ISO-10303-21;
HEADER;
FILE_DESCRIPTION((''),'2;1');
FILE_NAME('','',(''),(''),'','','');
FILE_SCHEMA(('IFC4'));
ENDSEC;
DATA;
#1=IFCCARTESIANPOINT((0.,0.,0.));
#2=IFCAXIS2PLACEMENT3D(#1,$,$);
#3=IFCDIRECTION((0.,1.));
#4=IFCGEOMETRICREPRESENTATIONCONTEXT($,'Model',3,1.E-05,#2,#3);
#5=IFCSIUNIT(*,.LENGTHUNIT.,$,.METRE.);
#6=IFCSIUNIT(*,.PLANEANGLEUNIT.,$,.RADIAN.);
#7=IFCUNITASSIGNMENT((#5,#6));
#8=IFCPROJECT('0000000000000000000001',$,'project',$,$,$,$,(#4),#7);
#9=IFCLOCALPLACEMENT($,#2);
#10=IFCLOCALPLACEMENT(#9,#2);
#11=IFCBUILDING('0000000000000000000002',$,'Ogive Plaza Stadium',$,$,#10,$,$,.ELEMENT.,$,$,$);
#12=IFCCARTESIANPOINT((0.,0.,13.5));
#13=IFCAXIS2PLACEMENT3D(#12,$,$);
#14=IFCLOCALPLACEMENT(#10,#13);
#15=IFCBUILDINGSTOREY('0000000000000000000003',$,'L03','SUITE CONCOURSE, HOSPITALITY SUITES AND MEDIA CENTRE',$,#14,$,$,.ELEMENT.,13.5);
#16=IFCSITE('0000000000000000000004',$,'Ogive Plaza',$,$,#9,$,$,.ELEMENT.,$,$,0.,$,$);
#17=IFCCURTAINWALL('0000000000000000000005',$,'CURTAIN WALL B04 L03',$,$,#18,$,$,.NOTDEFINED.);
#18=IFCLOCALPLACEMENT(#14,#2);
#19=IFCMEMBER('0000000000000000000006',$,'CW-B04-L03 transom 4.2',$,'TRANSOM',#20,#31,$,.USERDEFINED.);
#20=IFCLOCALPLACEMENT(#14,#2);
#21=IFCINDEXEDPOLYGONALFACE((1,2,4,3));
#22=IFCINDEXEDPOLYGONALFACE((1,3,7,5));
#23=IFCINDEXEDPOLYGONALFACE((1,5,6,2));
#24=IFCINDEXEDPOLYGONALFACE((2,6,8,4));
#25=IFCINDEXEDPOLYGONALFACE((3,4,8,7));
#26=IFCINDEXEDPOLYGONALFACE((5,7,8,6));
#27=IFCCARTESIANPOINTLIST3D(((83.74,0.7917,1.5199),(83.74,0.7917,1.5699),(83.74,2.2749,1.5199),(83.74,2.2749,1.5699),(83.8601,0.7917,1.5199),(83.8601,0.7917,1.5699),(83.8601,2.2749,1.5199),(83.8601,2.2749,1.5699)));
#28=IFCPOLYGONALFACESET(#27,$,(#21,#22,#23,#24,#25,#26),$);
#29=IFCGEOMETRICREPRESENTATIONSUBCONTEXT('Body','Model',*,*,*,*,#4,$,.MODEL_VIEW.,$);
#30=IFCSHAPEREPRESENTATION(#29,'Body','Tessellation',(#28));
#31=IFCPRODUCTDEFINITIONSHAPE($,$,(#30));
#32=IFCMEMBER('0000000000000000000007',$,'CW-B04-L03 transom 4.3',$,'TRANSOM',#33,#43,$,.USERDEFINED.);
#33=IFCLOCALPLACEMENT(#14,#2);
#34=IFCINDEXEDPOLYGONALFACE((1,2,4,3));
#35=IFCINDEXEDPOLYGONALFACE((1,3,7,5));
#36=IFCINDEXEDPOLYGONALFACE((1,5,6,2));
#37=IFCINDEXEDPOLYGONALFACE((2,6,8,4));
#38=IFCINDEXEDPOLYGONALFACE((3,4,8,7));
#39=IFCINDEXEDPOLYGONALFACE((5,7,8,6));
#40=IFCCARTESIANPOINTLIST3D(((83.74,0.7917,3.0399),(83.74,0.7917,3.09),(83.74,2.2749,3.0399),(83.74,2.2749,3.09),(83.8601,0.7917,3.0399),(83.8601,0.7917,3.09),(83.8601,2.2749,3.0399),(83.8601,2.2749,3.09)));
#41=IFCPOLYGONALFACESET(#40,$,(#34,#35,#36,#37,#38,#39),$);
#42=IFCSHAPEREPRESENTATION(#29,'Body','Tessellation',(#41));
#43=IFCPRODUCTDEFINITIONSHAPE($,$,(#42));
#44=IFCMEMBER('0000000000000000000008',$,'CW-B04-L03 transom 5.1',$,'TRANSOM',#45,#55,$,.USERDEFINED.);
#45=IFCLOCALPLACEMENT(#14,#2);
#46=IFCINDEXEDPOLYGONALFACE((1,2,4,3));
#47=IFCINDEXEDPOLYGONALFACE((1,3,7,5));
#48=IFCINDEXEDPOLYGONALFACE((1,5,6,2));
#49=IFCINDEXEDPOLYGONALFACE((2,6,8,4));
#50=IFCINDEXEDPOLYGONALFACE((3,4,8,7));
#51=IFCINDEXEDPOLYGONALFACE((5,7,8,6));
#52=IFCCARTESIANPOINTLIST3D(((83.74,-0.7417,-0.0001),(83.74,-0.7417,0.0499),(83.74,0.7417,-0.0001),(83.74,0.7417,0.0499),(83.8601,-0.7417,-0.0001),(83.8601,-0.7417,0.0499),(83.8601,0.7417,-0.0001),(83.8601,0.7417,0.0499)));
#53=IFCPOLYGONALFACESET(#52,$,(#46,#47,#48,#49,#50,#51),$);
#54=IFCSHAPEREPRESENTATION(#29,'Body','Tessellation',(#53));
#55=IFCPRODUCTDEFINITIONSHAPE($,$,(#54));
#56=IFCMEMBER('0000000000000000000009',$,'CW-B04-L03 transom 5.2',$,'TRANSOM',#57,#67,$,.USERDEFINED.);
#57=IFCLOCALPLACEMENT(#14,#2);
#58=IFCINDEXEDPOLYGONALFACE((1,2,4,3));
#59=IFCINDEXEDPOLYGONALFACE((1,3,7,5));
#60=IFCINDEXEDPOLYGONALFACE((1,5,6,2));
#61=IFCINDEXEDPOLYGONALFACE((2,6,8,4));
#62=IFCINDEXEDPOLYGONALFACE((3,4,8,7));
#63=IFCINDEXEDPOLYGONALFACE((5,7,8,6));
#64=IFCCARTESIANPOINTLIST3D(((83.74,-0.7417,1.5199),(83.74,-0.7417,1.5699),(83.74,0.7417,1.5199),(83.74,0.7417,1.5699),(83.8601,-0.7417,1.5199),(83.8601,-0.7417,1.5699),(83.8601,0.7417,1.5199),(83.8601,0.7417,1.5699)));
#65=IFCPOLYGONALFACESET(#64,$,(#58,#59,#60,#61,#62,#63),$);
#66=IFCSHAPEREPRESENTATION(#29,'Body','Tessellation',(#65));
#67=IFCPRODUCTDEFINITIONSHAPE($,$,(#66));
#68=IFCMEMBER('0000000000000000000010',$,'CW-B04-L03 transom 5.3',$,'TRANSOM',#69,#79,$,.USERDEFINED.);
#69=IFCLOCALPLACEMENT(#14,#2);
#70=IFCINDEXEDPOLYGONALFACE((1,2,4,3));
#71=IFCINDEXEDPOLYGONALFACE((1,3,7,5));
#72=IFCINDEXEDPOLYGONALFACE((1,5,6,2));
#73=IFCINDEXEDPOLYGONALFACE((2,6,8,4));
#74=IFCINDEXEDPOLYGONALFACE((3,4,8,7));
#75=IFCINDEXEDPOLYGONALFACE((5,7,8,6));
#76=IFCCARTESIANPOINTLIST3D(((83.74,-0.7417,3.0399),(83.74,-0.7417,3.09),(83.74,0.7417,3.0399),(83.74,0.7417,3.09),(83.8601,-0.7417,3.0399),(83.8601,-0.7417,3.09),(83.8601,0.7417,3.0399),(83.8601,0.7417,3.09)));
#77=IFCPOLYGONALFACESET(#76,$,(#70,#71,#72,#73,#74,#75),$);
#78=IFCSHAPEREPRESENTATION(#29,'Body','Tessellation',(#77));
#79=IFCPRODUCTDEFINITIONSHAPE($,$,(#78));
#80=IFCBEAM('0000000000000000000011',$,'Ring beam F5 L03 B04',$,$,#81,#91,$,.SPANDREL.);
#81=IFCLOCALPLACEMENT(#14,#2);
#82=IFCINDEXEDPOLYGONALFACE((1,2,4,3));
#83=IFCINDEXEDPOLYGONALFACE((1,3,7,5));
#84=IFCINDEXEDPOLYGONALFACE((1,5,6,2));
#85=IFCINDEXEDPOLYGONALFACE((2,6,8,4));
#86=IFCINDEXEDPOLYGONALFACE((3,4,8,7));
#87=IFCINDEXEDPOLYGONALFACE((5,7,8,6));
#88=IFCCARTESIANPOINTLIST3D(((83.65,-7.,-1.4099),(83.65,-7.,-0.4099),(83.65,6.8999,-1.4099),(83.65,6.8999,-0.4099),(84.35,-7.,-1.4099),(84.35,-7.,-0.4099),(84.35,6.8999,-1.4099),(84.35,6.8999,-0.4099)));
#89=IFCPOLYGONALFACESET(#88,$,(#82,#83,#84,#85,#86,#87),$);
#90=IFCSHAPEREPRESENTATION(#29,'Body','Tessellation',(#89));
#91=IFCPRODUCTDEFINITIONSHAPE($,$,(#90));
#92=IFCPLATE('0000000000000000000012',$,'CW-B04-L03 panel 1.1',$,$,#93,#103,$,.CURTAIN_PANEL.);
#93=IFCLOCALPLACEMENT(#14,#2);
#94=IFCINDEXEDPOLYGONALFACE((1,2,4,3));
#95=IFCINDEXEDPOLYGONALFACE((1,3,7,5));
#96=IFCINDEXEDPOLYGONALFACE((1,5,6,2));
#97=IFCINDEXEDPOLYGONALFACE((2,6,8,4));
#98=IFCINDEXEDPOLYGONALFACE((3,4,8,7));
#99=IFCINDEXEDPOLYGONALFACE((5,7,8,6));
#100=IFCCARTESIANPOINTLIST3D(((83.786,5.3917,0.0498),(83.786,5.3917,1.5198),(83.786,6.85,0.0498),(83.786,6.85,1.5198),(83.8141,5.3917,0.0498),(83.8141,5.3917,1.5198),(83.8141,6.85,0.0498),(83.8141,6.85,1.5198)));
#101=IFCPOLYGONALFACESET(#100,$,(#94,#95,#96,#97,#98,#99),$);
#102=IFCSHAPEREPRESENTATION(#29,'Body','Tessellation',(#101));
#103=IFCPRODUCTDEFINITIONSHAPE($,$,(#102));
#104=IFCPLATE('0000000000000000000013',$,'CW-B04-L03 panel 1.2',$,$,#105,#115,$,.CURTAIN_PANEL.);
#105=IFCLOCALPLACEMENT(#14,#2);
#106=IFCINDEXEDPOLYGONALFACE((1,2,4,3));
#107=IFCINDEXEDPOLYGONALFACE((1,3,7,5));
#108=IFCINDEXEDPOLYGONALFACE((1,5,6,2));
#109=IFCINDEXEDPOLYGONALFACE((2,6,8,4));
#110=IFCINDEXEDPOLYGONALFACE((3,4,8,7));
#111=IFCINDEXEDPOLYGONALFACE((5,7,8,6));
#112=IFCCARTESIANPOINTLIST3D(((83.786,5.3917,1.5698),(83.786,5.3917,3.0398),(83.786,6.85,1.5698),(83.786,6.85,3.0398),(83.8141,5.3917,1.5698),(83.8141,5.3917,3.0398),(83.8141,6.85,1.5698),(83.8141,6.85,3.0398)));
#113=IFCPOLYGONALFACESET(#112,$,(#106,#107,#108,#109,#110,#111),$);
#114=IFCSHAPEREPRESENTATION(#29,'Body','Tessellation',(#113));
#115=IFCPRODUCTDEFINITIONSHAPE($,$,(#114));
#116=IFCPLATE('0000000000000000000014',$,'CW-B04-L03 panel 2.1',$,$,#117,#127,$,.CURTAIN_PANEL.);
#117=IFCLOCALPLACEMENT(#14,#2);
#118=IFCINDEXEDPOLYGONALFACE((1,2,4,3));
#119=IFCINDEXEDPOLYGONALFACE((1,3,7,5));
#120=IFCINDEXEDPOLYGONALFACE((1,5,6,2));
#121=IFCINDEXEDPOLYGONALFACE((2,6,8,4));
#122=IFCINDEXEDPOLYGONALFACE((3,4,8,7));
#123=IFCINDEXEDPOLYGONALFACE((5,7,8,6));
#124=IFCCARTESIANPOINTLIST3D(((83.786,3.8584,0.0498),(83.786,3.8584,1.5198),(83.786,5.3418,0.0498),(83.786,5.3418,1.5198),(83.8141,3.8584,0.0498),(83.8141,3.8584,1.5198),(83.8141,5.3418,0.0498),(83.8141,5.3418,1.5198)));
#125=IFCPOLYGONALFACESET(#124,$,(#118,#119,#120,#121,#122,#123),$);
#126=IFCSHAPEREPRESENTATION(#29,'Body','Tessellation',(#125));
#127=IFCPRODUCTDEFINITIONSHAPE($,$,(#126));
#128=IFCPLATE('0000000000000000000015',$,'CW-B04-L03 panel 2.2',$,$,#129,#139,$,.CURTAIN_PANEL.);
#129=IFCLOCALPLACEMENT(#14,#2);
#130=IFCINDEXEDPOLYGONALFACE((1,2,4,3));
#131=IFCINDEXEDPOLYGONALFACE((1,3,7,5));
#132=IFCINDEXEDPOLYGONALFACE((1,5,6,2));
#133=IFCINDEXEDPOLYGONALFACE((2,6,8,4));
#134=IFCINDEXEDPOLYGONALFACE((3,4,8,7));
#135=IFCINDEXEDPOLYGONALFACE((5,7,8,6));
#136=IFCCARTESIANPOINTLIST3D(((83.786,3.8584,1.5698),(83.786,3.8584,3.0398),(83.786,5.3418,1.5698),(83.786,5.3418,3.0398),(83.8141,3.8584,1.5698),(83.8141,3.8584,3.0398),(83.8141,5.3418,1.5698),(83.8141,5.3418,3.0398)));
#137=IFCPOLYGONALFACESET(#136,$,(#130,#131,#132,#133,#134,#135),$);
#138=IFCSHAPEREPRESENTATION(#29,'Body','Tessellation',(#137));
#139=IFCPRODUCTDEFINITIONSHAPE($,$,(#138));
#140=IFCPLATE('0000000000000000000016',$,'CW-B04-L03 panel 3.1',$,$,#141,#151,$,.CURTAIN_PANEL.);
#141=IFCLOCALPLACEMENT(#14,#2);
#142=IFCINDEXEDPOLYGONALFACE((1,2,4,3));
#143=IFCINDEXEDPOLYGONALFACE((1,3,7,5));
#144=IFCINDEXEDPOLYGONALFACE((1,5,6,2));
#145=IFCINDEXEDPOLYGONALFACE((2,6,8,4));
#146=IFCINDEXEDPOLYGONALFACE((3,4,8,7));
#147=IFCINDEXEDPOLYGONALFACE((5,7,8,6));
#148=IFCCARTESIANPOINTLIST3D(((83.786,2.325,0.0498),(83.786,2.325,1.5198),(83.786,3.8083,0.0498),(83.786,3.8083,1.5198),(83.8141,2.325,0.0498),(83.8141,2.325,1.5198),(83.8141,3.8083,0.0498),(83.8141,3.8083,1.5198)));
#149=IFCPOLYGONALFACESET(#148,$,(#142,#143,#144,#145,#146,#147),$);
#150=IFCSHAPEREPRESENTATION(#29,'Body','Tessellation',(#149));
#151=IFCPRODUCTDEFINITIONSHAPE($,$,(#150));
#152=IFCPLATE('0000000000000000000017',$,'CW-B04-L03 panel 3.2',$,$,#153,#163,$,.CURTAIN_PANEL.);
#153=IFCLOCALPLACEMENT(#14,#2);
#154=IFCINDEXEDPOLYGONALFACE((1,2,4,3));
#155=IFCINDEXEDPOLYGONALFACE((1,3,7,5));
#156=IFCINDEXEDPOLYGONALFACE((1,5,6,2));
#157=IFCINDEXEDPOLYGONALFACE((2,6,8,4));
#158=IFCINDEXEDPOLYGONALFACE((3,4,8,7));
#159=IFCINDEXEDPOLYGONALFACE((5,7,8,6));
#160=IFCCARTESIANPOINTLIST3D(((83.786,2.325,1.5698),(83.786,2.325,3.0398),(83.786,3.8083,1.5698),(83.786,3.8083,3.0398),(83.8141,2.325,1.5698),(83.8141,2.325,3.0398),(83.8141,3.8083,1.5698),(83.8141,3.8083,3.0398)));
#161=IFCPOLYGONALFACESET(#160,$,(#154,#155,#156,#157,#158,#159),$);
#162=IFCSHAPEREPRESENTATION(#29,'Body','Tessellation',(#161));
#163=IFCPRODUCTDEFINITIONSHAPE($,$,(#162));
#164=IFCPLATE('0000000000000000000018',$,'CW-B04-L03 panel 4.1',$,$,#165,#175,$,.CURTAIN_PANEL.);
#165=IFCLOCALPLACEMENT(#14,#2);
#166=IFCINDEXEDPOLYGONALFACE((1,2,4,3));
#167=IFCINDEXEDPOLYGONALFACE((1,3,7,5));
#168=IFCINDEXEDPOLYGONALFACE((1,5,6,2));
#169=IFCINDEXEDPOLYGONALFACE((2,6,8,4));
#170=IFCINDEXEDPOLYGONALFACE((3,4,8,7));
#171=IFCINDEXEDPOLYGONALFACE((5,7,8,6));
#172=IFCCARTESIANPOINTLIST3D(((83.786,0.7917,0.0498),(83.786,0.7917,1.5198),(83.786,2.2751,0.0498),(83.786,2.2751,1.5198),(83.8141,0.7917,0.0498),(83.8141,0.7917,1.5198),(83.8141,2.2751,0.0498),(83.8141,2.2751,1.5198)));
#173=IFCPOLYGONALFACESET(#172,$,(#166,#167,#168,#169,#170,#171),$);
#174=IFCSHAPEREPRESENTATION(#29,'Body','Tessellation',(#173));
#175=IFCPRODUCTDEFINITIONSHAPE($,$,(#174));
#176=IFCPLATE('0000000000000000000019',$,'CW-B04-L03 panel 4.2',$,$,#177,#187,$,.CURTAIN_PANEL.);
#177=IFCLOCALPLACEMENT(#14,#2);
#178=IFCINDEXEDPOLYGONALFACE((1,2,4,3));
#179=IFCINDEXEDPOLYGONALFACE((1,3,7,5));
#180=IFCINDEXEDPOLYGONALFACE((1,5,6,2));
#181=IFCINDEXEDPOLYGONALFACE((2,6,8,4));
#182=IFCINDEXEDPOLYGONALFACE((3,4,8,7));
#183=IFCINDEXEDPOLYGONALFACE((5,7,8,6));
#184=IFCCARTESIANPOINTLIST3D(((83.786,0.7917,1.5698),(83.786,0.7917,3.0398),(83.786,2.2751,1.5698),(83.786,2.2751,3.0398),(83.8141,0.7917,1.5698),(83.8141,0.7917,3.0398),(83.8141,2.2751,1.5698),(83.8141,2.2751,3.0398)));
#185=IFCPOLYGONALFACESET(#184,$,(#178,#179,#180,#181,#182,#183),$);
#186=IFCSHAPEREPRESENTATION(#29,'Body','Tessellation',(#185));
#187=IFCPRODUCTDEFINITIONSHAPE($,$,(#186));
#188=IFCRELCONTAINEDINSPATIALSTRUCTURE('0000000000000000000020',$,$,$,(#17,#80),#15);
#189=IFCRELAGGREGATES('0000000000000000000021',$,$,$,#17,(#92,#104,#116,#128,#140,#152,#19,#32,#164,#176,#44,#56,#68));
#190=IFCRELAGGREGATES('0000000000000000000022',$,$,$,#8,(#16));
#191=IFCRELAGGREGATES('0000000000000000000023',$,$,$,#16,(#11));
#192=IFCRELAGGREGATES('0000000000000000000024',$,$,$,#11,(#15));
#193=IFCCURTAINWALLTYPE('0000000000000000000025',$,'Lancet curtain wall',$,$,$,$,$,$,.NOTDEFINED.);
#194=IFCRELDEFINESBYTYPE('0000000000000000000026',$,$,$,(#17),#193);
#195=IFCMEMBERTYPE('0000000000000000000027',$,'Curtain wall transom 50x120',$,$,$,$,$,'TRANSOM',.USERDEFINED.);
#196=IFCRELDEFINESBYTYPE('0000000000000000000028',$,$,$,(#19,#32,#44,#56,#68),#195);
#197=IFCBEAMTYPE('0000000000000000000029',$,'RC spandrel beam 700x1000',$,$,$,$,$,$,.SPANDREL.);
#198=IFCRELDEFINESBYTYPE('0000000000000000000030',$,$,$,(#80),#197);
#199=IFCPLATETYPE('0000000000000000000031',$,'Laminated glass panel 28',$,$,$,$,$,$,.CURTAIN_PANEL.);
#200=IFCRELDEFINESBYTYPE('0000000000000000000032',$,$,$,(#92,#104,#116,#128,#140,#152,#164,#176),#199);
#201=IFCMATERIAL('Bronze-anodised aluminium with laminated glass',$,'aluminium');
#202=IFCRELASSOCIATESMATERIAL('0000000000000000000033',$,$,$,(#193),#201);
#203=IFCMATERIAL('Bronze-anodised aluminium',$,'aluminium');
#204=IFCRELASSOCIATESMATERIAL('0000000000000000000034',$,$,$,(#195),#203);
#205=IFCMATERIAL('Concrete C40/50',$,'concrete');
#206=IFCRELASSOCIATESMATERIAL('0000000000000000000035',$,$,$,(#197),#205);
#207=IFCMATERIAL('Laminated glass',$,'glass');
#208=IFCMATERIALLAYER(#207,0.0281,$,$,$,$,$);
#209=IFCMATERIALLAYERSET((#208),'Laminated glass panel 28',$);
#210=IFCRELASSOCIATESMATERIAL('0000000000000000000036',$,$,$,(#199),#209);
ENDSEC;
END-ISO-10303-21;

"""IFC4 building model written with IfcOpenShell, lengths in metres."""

from ifc_helpers import new_model, si_unit, direction, frame, origin, origin_2d, place, context, subcontext, project, spatial, rectangle, extrude, material, layer, layer_set, material_profile, profile_set, type_object, element, aggregate, save


model = new_model("IFC4")

# Units and contexts
model_context = context("Model", 3, precision=1e-05, world=origin(), true_north=direction((0.0, 1.0)))
body_context = subcontext(model_context, "Body", "Model", "MODEL_VIEW")
ifc_project = project(units=[si_unit("LENGTHUNIT", "METRE"), si_unit("PLANEANGLEUNIT", "RADIAN")], contexts=[model_context])

# Site, building, storey
site_placement = place(None, origin())
site = spatial("IfcSite", under=ifc_project, at=site_placement, Name="Ogive Plaza", CompositionType="ELEMENT", RefElevation=0.0)
building_placement = place(site_placement, origin())
building = spatial("IfcBuilding", under=site, at=building_placement, Name="Ogive Plaza Stadium", CompositionType="ELEMENT")
storey_placement = place(building_placement, frame((0.0, 0.0, 13.5)))
storey = spatial("IfcBuildingStorey", under=building, at=storey_placement, Name="L03", Description="SUITE CONCOURSE, HOSPITALITY SUITES AND MEDIA CENTRE", CompositionType="ELEMENT", Elevation=13.5)

# Curtain wall, members
ifc_material_1 = material(Name="Bronze-anodised aluminium with laminated glass", Category="aluminium")
curtain_wall_type = type_object("IfcCurtainWallType", Name="Lancet curtain wall", PredefinedType="NOTDEFINED", material=ifc_material_1)
curtain_wall_placement = place(storey_placement, origin())
curtain_wall = element("IfcCurtainWall", 1, at=curtain_wall_placement, inside=storey, type_object=curtain_wall_type, Name="CURTAIN WALL B04 L03", PredefinedType="NOTDEFINED")
ifc_material_2 = material(Name="Bronze-anodised aluminium", Category="aluminium")
ifc_material_profile_1 = material_profile(ifc_material_2, rectangle(XDim=0.1201, YDim=0.05, at=origin_2d()), Name="AL 120x50")
ifc_profile_set_1 = profile_set([ifc_material_profile_1], Name="Bronze-anodised aluminium")
member_type_1 = type_object("IfcMemberType", Name="Curtain wall transom 50x120", ElementType="TRANSOM", PredefinedType="USERDEFINED", material=ifc_profile_set_1)
member_1_placement = place(storey_placement, frame((83.8, 2.2749, 1.5449), z_axis=(0.0, -1.0, 0.0), x_axis=(1.0, 0.0, 0.0)))
member_1 = element("IfcMember", 2, at=member_1_placement, type_object=member_type_1, Name="CW-B04-L03 transom 4.2", ObjectType="TRANSOM", PredefinedType="USERDEFINED", context=body_context, shape_type="SweptSolid", body=[
    extrude(rectangle(XDim=0.1201, YDim=0.05, at=origin_2d()), origin(), (0.0, 0.0, 1.0), 1.4832),
])
member_2_placement = place(storey_placement, frame((83.8, 2.2749, 3.0649), z_axis=(0.0, -1.0, 0.0), x_axis=(1.0, 0.0, 0.0)))
member_2 = element("IfcMember", 3, at=member_2_placement, type_object=member_type_1, Name="CW-B04-L03 transom 4.3", ObjectType="TRANSOM", PredefinedType="USERDEFINED", context=body_context, shape_type="SweptSolid", body=[
    extrude(rectangle(XDim=0.1201, YDim=0.05, at=origin_2d()), origin(), (0.0, 0.0, 1.0), 1.4832),
])
member_3_placement = place(storey_placement, frame((83.8, 0.7417, 0.0249), z_axis=(0.0, -1.0, 0.0), x_axis=(1.0, 0.0, 0.0)))
member_3 = element("IfcMember", 4, at=member_3_placement, type_object=member_type_1, Name="CW-B04-L03 transom 5.1", ObjectType="TRANSOM", PredefinedType="USERDEFINED", context=body_context, shape_type="SweptSolid", body=[
    extrude(rectangle(XDim=0.1201, YDim=0.05, at=origin_2d()), origin(), (0.0, 0.0, 1.0), 1.4834),
])
member_4_placement = place(storey_placement, frame((83.8, 0.7417, 1.5449), z_axis=(0.0, -1.0, 0.0), x_axis=(1.0, 0.0, 0.0)))
member_4 = element("IfcMember", 5, at=member_4_placement, type_object=member_type_1, Name="CW-B04-L03 transom 5.2", ObjectType="TRANSOM", PredefinedType="USERDEFINED", context=body_context, shape_type="SweptSolid", body=[
    extrude(rectangle(XDim=0.1201, YDim=0.05, at=origin_2d()), origin(), (0.0, 0.0, 1.0), 1.4834),
])
member_5_placement = place(storey_placement, frame((83.8, 0.7417, 3.0649), z_axis=(0.0, -1.0, 0.0), x_axis=(1.0, 0.0, 0.0)))
member_5 = element("IfcMember", 6, at=member_5_placement, type_object=member_type_1, Name="CW-B04-L03 transom 5.3", ObjectType="TRANSOM", PredefinedType="USERDEFINED", context=body_context, shape_type="SweptSolid", body=[
    extrude(rectangle(XDim=0.1201, YDim=0.05, at=origin_2d()), origin(), (0.0, 0.0, 1.0), 1.4834),
])

# Beam
ifc_material_3 = material(Name="Concrete C40/50", Category="concrete")
ifc_material_profile_2 = material_profile(ifc_material_3, rectangle(XDim=0.7, YDim=1.0, at=origin_2d()), Name="RC 700x1000")
ifc_profile_set_2 = profile_set([ifc_material_profile_2], Name="Concrete C40/50")
beam_type = type_object("IfcBeamType", Name="RC spandrel beam 700x1000", PredefinedType="SPANDREL", material=ifc_profile_set_2)
beam_placement = place(storey_placement, frame((84.0, 6.8999, -0.9099), z_axis=(0.0, -1.0, 0.0), x_axis=(1.0, 0.0, 0.0)))
element("IfcBeam", 7, at=beam_placement, inside=storey, type_object=beam_type, Name="Ring beam F5 L03 B04", PredefinedType="SPANDREL", context=body_context, shape_type="SweptSolid", body=[
    extrude(rectangle(XDim=0.7, YDim=1.0, at=origin_2d()), origin(), (0.0, 0.0, 1.0), 13.8999),
])

# Plates
ifc_material_4 = material(Name="Laminated glass", Category="glass")
ifc_layer_1 = layer(ifc_material_4, 0.0281)
ifc_layer_set_1 = layer_set([ifc_layer_1], Name="Laminated glass panel 28")
plate_type = type_object("IfcPlateType", Name="Laminated glass panel 28", PredefinedType="CURTAIN_PANEL", material=ifc_layer_set_1)
plate_1_placement = place(storey_placement, frame((83.8, 6.1208, 0.0498), z_axis=(0.0, 0.0, 1.0), x_axis=(0.0, -1.0, 0.0)))
plate_1 = element("IfcPlate", 8, at=plate_1_placement, type_object=plate_type, Name="CW-B04-L03 panel 1.1", PredefinedType="CURTAIN_PANEL", context=body_context, shape_type="SweptSolid", body=[
    extrude(rectangle(XDim=1.4583, YDim=0.0281, at=origin_2d()), origin(), (0.0, 0.0, 1.0), 1.47),
])
plate_2_placement = place(storey_placement, frame((83.8, 6.1208, 1.5698), z_axis=(0.0, 0.0, 1.0), x_axis=(0.0, -1.0, 0.0)))
plate_2 = element("IfcPlate", 9, at=plate_2_placement, type_object=plate_type, Name="CW-B04-L03 panel 1.2", PredefinedType="CURTAIN_PANEL", context=body_context, shape_type="SweptSolid", body=[
    extrude(rectangle(XDim=1.4583, YDim=0.0281, at=origin_2d()), origin(), (0.0, 0.0, 1.0), 1.47),
])
plate_3_placement = place(storey_placement, frame((83.8, 4.6001, 0.0498), z_axis=(0.0, 0.0, 1.0), x_axis=(0.0, -1.0, 0.0)))
plate_3 = element("IfcPlate", 10, at=plate_3_placement, type_object=plate_type, Name="CW-B04-L03 panel 2.1", PredefinedType="CURTAIN_PANEL", context=body_context, shape_type="SweptSolid", body=[
    extrude(rectangle(XDim=1.4834, YDim=0.0281, at=origin_2d()), origin(), (0.0, 0.0, 1.0), 1.47),
])
plate_4_placement = place(storey_placement, frame((83.8, 4.6001, 1.5698), z_axis=(0.0, 0.0, 1.0), x_axis=(0.0, -1.0, 0.0)))
plate_4 = element("IfcPlate", 11, at=plate_4_placement, type_object=plate_type, Name="CW-B04-L03 panel 2.2", PredefinedType="CURTAIN_PANEL", context=body_context, shape_type="SweptSolid", body=[
    extrude(rectangle(XDim=1.4834, YDim=0.0281, at=origin_2d()), origin(), (0.0, 0.0, 1.0), 1.47),
])
plate_5_placement = place(storey_placement, frame((83.8, 3.0667, 0.0498), z_axis=(0.0, 0.0, 1.0), x_axis=(0.0, -1.0, 0.0)))
plate_5 = element("IfcPlate", 12, at=plate_5_placement, type_object=plate_type, Name="CW-B04-L03 panel 3.1", PredefinedType="CURTAIN_PANEL", context=body_context, shape_type="SweptSolid", body=[
    extrude(rectangle(XDim=1.4834, YDim=0.0281, at=origin_2d()), origin(), (0.0, 0.0, 1.0), 1.47),
])
plate_6_placement = place(storey_placement, frame((83.8, 3.0667, 1.5698), z_axis=(0.0, 0.0, 1.0), x_axis=(0.0, -1.0, 0.0)))
plate_6 = element("IfcPlate", 13, at=plate_6_placement, type_object=plate_type, Name="CW-B04-L03 panel 3.2", PredefinedType="CURTAIN_PANEL", context=body_context, shape_type="SweptSolid", body=[
    extrude(rectangle(XDim=1.4834, YDim=0.0281, at=origin_2d()), origin(), (0.0, 0.0, 1.0), 1.47),
])
plate_7_placement = place(storey_placement, frame((83.8, 1.5334, 0.0498), z_axis=(0.0, 0.0, 1.0), x_axis=(0.0, -1.0, 0.0)))
plate_7 = element("IfcPlate", 14, at=plate_7_placement, type_object=plate_type, Name="CW-B04-L03 panel 4.1", PredefinedType="CURTAIN_PANEL", context=body_context, shape_type="SweptSolid", body=[
    extrude(rectangle(XDim=1.4834, YDim=0.0281, at=origin_2d()), origin(), (0.0, 0.0, 1.0), 1.47),
])
plate_8_placement = place(storey_placement, frame((83.8, 1.5334, 1.5698), z_axis=(0.0, 0.0, 1.0), x_axis=(0.0, -1.0, 0.0)))
plate_8 = element("IfcPlate", 15, at=plate_8_placement, type_object=plate_type, Name="CW-B04-L03 panel 4.2", PredefinedType="CURTAIN_PANEL", context=body_context, shape_type="SweptSolid", body=[
    extrude(rectangle(XDim=1.4834, YDim=0.0281, at=origin_2d()), origin(), (0.0, 0.0, 1.0), 1.47),
])
aggregate(curtain_wall, [plate_1, plate_2, plate_3, plate_4, plate_5, plate_6, member_1, member_2, plate_7, plate_8, member_3, member_4, member_5])

save(model, "model.ifc")
